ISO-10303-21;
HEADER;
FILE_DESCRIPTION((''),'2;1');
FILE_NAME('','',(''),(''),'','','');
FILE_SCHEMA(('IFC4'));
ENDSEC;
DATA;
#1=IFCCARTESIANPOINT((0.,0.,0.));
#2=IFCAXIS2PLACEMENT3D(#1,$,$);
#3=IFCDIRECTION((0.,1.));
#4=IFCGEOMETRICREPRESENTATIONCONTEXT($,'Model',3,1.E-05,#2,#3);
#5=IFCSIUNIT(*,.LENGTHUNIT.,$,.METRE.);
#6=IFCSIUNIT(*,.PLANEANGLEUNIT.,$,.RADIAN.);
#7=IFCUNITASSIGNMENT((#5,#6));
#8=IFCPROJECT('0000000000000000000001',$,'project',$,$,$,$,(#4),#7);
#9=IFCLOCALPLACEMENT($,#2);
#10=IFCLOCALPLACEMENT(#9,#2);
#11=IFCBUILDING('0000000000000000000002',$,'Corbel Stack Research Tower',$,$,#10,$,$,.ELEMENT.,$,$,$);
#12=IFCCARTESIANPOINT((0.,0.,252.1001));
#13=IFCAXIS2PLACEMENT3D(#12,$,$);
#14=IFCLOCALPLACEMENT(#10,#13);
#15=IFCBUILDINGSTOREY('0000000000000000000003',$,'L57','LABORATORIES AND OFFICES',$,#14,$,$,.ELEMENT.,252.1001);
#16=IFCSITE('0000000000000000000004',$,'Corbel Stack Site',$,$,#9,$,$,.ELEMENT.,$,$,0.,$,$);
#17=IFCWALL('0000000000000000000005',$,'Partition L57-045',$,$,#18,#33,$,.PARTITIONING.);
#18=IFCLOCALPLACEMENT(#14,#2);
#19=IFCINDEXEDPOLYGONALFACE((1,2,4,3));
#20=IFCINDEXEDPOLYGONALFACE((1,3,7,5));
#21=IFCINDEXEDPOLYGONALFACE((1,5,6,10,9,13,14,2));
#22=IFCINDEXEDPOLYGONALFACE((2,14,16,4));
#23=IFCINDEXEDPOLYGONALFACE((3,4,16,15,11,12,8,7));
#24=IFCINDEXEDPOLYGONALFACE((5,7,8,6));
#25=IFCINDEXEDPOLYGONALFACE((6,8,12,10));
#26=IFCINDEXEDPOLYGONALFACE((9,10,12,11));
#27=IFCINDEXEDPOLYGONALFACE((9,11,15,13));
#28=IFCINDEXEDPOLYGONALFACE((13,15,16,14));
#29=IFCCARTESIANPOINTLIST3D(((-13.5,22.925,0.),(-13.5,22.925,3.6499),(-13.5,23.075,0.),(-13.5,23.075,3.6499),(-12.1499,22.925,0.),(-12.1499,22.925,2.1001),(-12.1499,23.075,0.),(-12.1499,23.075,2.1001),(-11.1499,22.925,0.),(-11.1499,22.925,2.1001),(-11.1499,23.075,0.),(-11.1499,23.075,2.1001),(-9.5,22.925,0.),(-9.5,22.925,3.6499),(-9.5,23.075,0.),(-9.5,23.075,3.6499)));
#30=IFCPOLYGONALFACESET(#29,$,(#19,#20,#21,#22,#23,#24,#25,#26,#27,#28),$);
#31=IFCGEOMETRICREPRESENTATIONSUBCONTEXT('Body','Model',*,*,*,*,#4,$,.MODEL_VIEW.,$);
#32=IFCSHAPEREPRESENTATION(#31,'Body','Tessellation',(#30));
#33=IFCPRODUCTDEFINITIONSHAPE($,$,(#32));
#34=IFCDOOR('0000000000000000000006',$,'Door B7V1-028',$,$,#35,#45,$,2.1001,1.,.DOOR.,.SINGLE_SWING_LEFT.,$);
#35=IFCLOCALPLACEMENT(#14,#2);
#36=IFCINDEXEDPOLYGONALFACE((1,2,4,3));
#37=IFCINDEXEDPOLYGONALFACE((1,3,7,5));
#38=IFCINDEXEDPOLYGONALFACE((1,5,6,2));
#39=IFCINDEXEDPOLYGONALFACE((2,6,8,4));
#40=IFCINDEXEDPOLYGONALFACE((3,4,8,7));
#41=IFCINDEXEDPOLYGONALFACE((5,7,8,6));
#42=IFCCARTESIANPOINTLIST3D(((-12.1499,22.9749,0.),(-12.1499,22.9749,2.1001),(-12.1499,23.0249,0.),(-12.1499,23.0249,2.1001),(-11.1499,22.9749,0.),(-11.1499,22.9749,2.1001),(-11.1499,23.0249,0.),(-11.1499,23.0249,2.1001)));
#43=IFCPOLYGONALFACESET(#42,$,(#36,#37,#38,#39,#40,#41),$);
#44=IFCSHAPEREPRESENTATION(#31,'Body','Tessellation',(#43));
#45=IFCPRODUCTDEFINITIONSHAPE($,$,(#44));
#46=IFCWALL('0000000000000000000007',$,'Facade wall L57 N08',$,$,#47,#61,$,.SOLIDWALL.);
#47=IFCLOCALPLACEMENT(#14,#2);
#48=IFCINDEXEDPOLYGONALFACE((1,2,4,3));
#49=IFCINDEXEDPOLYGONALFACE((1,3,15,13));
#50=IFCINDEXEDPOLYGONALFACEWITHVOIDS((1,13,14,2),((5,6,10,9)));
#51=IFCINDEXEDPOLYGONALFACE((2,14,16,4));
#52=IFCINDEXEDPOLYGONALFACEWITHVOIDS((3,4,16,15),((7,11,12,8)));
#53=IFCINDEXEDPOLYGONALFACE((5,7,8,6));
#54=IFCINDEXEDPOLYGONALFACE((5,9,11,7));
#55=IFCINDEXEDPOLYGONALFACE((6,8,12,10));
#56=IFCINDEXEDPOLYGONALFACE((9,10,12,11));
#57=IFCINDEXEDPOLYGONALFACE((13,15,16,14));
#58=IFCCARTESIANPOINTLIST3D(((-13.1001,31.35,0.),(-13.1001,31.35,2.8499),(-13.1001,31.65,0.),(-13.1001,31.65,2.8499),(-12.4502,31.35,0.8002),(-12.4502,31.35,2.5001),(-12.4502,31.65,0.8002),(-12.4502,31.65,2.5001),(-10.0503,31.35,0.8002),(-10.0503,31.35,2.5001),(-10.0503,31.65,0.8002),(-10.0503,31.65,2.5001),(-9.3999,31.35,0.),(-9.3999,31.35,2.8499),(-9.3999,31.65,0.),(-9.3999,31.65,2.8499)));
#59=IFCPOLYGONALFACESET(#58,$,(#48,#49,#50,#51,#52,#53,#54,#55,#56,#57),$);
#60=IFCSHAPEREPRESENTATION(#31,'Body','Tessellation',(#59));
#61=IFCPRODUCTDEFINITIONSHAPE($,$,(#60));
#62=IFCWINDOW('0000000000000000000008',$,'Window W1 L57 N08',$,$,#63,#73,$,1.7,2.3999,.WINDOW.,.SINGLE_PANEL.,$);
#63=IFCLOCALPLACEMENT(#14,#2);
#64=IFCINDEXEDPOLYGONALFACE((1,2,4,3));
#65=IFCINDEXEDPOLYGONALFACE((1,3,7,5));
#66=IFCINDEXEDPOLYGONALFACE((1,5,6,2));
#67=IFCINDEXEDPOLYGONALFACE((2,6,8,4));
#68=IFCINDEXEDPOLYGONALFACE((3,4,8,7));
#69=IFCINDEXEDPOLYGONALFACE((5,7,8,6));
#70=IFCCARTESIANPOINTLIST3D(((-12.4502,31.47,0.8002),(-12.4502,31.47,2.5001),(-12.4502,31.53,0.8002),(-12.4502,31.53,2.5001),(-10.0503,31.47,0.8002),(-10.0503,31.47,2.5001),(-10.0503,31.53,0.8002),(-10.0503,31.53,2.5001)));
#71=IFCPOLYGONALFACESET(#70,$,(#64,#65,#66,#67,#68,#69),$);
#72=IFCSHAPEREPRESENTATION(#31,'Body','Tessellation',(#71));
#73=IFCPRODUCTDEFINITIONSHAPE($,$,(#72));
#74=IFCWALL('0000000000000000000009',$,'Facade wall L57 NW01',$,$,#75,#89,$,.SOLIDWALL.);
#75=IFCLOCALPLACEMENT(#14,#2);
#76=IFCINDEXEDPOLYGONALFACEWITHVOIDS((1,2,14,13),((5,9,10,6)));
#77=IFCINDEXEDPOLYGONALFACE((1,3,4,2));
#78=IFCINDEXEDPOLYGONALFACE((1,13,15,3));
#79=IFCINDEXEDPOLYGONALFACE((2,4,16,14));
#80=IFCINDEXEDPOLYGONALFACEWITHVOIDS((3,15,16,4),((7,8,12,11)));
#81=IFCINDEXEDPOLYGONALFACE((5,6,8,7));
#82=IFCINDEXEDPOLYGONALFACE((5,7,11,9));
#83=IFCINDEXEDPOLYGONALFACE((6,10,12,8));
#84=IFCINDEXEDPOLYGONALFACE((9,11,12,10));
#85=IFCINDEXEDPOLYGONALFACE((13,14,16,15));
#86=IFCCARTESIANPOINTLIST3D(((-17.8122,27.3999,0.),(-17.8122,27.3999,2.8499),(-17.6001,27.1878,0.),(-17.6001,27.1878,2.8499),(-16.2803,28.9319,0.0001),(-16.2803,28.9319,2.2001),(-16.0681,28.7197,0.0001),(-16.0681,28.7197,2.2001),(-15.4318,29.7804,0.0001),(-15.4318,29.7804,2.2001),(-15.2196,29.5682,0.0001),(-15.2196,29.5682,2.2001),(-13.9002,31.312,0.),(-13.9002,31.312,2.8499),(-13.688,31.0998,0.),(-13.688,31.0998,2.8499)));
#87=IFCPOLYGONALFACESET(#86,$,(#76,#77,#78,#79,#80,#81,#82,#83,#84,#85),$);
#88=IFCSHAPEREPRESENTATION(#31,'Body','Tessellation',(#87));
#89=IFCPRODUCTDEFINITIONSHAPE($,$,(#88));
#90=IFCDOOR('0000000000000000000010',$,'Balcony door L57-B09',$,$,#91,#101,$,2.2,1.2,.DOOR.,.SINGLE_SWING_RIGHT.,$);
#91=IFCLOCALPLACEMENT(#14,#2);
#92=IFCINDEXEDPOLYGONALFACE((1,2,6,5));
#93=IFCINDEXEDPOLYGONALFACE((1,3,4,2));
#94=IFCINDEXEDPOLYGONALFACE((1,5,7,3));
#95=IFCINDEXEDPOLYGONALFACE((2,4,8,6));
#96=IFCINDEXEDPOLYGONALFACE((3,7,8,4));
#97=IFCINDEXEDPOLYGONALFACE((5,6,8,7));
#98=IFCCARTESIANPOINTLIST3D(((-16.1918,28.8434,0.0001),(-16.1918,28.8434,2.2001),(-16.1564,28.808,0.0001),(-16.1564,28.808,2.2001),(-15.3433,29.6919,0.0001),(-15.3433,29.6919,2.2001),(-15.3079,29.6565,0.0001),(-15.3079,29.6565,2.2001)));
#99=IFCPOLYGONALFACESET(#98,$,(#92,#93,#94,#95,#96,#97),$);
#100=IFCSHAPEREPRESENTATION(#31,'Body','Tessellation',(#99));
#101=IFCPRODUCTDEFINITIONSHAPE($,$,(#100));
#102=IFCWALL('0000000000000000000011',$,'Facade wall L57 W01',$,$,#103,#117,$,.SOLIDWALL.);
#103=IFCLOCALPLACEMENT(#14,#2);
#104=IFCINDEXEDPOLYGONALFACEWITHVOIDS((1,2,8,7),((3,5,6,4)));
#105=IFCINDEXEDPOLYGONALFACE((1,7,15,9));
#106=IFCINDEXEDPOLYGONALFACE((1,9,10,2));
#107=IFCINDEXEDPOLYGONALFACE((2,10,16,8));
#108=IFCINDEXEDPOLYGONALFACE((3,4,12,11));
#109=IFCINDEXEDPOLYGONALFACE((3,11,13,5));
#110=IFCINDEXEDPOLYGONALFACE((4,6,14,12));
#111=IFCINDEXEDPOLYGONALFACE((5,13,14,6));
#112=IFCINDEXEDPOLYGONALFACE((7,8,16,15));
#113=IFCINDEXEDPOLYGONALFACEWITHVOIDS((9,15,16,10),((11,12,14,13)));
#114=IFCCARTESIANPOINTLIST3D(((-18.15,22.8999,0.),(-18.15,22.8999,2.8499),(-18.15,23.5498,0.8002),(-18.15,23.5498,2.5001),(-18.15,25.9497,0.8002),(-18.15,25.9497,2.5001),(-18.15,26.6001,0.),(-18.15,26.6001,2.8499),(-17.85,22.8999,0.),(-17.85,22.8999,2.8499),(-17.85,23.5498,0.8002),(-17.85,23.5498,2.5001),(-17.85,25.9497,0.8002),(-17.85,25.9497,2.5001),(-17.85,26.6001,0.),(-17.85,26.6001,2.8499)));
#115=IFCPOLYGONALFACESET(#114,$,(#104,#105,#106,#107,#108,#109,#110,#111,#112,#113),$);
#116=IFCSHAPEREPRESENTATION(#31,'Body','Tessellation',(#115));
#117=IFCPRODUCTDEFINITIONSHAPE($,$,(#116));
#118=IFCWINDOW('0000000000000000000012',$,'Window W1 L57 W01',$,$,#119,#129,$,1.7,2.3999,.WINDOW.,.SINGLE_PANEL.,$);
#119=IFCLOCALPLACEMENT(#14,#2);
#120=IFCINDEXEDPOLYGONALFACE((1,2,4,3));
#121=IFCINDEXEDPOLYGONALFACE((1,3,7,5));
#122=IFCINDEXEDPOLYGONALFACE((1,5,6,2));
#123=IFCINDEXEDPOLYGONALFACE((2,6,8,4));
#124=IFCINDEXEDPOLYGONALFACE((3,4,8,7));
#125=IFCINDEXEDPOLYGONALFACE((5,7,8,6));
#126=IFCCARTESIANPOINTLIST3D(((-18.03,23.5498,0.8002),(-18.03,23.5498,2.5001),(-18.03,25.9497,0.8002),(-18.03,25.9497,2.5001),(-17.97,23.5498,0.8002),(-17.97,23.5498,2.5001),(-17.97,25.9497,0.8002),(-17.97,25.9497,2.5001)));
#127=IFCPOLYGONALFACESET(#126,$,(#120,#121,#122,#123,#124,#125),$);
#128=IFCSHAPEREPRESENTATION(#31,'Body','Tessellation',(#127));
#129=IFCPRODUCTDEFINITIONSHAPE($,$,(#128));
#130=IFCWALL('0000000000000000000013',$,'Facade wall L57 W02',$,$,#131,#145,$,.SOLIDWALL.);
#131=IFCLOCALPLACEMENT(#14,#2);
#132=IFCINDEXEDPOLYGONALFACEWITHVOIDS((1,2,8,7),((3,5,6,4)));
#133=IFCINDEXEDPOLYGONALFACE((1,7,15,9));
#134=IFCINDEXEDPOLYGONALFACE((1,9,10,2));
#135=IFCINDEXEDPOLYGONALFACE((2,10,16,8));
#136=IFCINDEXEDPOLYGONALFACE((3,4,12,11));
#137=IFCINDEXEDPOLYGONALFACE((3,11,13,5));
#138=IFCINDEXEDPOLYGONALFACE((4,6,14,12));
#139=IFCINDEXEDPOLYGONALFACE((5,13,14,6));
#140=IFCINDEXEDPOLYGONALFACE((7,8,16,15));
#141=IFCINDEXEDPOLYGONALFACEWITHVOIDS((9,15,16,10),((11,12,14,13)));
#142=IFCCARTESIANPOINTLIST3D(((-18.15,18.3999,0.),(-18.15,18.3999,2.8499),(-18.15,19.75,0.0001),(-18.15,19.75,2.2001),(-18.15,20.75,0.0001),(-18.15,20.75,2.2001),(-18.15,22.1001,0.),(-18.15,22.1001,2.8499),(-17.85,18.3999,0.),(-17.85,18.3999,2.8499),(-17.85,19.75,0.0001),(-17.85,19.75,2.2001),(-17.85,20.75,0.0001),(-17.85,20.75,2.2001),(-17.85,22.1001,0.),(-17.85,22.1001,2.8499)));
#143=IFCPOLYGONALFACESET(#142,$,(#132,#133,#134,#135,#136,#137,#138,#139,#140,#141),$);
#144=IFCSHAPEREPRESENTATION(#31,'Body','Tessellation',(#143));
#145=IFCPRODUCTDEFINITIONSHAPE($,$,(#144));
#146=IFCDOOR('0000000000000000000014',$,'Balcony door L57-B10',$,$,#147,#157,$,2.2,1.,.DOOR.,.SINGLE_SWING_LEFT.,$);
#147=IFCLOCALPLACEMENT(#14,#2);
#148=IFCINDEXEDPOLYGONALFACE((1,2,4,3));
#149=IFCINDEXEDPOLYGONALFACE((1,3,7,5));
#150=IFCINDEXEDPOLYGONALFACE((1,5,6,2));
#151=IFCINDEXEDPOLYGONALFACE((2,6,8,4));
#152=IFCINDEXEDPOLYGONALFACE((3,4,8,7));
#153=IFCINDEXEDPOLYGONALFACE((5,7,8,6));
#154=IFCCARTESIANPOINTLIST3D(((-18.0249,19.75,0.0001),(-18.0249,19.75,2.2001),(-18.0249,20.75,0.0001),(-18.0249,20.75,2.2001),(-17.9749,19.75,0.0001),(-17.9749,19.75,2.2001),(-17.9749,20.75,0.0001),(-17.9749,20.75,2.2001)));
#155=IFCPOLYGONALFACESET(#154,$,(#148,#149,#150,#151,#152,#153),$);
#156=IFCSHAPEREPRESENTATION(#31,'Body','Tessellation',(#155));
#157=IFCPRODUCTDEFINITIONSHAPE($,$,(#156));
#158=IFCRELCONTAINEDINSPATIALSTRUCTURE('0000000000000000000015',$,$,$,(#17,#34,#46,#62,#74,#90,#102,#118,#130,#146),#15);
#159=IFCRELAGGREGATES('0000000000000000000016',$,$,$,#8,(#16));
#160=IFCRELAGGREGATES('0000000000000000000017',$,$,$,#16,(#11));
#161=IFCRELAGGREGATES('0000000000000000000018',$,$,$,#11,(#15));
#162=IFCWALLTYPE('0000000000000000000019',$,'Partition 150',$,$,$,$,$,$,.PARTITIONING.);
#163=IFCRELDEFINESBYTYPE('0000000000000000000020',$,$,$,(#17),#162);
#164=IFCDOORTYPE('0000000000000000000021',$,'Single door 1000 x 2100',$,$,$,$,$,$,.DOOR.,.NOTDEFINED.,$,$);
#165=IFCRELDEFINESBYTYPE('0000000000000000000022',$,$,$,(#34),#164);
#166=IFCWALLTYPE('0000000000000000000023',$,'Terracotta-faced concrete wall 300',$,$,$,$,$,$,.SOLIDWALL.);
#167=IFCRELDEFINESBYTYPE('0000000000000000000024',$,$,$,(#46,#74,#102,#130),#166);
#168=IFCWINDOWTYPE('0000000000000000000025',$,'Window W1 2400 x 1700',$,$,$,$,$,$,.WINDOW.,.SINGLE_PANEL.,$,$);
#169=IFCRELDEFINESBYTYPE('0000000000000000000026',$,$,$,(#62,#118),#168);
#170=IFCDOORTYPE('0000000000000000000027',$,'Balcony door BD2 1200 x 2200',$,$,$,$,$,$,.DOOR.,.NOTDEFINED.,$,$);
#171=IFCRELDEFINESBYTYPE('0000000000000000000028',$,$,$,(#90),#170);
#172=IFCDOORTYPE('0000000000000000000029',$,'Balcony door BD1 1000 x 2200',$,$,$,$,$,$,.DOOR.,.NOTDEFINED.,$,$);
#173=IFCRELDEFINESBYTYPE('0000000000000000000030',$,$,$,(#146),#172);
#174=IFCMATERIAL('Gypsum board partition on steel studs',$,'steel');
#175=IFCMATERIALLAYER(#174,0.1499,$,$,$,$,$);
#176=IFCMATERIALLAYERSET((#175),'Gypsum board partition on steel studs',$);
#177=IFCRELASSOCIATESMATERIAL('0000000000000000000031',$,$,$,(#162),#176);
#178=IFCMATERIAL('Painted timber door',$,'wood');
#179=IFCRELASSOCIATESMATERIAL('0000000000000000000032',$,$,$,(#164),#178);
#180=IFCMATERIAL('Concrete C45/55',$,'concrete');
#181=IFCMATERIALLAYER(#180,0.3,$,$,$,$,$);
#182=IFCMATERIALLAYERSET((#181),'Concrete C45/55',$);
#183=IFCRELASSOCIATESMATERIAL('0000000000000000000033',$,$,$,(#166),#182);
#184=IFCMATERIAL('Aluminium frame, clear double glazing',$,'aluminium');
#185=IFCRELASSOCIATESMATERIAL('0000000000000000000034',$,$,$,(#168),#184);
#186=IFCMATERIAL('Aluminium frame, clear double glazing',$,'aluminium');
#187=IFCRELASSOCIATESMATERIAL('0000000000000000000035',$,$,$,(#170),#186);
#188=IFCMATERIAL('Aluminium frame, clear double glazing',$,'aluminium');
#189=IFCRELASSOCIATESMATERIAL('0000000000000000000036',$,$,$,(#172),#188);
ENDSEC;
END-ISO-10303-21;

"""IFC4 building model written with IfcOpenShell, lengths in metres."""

from ifc_helpers import new_model, si_unit, direction, frame, frame_2d, origin, place, context, subcontext, project, spatial, rectangle, extrude, material, layer, layer_set, type_object, element, fill, save


model = new_model("IFC4")

# Units and contexts
model_context = context("Model", 3, precision=1e-05, world=origin(), true_north=direction((0.0, 1.0)))
body_context = subcontext(model_context, "Body", "Model", "MODEL_VIEW")
ifc_project = project(units=[si_unit("LENGTHUNIT", "METRE"), si_unit("PLANEANGLEUNIT", "RADIAN")], contexts=[model_context])

# Site, building, storey
site_placement = place(None, origin())
site = spatial("IfcSite", under=ifc_project, at=site_placement, Name="Corbel Stack Site", CompositionType="ELEMENT", RefElevation=0.0)
building_placement = place(site_placement, origin())
building = spatial("IfcBuilding", under=site, at=building_placement, Name="Corbel Stack Research Tower", CompositionType="ELEMENT")
storey_placement = place(building_placement, frame((0.0, 0.0, 252.1001)))
storey = spatial("IfcBuildingStorey", under=building, at=storey_placement, Name="L57", Description="LABORATORIES AND OFFICES", CompositionType="ELEMENT", Elevation=252.1001)

# Wall, opening, door
ifc_material_1 = material(Name="Gypsum board partition on steel studs", Category="steel")
ifc_layer_1 = layer(ifc_material_1, 0.1499)
ifc_layer_set_1 = layer_set([ifc_layer_1], Name="Gypsum board partition on steel studs")
wall_type_1 = type_object("IfcWallType", Name="Partition 150", PredefinedType="PARTITIONING", material=ifc_layer_set_1)
ifc_material_2 = material(Name="Painted timber door", Category="wood")
door_type_1 = type_object("IfcDoorType", Name="Single door 1000 x 2100", OperationType="NOTDEFINED", PredefinedType="DOOR", material=ifc_material_2)
wall_1_placement = place(storey_placement, frame((-13.5, 23.0, 0.0), z_axis=(0.0, 0.0, 1.0), x_axis=(1.0, 0.0, 0.0)))
wall_1 = element("IfcWall", 1, at=wall_1_placement, inside=storey, type_object=wall_type_1, Name="Partition L57-045", PredefinedType="PARTITIONING", context=body_context, shape_type="SweptSolid", body=[
    extrude(rectangle(XDim=4.0, YDim=0.1499, at=frame_2d((2.0, 0.0))), origin(), (0.0, 0.0, 1.0), 3.6499),
])
opening_1_placement = place(wall_1_placement, frame((1.3501, 0.0, 0.0)))
opening_1 = element("IfcOpeningElement", 2, at=opening_1_placement, cuts=wall_1, PredefinedType="OPENING", context=body_context, shape_type="SweptSolid", body=[
    extrude(rectangle(XDim=1.0, YDim=2.1001, at=frame_2d((0.5, 1.05))), frame((0.0, 0.085, 0.0), z_axis=(0.0, -1.0, 0.0), x_axis=(1.0, 0.0, 0.0)), (0.0, 0.0, 1.0), 0.1699),
])
door_1_placement = place(opening_1_placement, origin())
door_1 = element("IfcDoor", 3, at=door_1_placement, inside=storey, type_object=door_type_1, Name="Door B7V1-028", OperationType="SINGLE_SWING_LEFT", OverallHeight=2.1001, OverallWidth=1.0, PredefinedType="DOOR", context=body_context, shape_type="SweptSolid", body=[
    extrude(rectangle(XDim=1.0, YDim=2.1001, at=frame_2d((0.5, 1.05))), frame((0.0, 0.0249, 0.0), z_axis=(0.0, -1.0, 0.0), x_axis=(1.0, 0.0, 0.0)), (0.0, 0.0, 1.0), 0.05),
])
fill(opening_1, door_1)

# Wall, opening, window
ifc_material_3 = material(Name="Concrete C45/55", Category="concrete")
ifc_layer_2 = layer(ifc_material_3, 0.3)
ifc_layer_set_2 = layer_set([ifc_layer_2], Name="Concrete C45/55")
wall_type_2 = type_object("IfcWallType", Name="Terracotta-faced concrete wall 300", PredefinedType="SOLIDWALL", material=ifc_layer_set_2)
wall_2_placement = place(storey_placement, frame((-13.1001, 31.5, 0.0), z_axis=(0.0, 0.0, 1.0), x_axis=(1.0, 0.0, 0.0)))
wall_2 = element("IfcWall", 4, at=wall_2_placement, inside=storey, type_object=wall_type_2, Name="Facade wall L57 N08", PredefinedType="SOLIDWALL", context=body_context, shape_type="SweptSolid", body=[
    extrude(rectangle(XDim=3.7002, YDim=0.3, at=frame_2d((1.8501, 0.0))), origin(), (0.0, 0.0, 1.0), 2.8499),
])
opening_2_placement = place(wall_2_placement, frame((0.6499, 0.0, 0.8)))
opening_2 = element("IfcOpeningElement", 5, at=opening_2_placement, cuts=wall_2, PredefinedType="OPENING", context=body_context, shape_type="SweptSolid", body=[
    extrude(rectangle(XDim=2.3999, YDim=1.7, at=frame_2d((1.2, 0.8501))), frame((0.0, 0.1599, 0.0), z_axis=(0.0, -1.0, 0.0), x_axis=(1.0, 0.0, 0.0)), (0.0, 0.0, 1.0), 0.3201),
])
ifc_material_4 = material(Name="Aluminium frame, clear double glazing", Category="aluminium")
window_type = type_object("IfcWindowType", Name="Window W1 2400 x 1700", PartitioningType="SINGLE_PANEL", PredefinedType="WINDOW", material=ifc_material_4)
window_1_placement = place(opening_2_placement, origin())
window_1 = element("IfcWindow", 6, at=window_1_placement, inside=storey, type_object=window_type, Name="Window W1 L57 N08", OverallHeight=1.7, OverallWidth=2.3999, PartitioningType="SINGLE_PANEL", PredefinedType="WINDOW", context=body_context, shape_type="SweptSolid", body=[
    extrude(rectangle(XDim=2.3999, YDim=1.7, at=frame_2d((1.2, 0.8501))), frame((0.0, 0.03, 0.0), z_axis=(0.0, -1.0, 0.0), x_axis=(1.0, 0.0, 0.0)), (0.0, 0.0, 1.0), 0.0601),
])
fill(opening_2, window_1)

# Wall, opening, door
wall_3_placement = place(storey_placement, frame((-17.7061, 27.2939, 0.0), z_axis=(0.0, 0.0, 1.0), x_axis=(0.707107, 0.707107, 0.0)))
wall_3 = element("IfcWall", 7, at=wall_3_placement, inside=storey, type_object=wall_type_2, Name="Facade wall L57 NW01", PredefinedType="SOLIDWALL", context=body_context, shape_type="SweptSolid", body=[
    extrude(rectangle(XDim=5.5325, YDim=0.3, at=frame_2d((2.7661, 0.0))), origin(), (0.0, 0.0, 1.0), 2.8499),
])
opening_3_placement = place(wall_3_placement, frame((2.1663, 0.0, 0.0)))
opening_3 = element("IfcOpeningElement", 8, at=opening_3_placement, cuts=wall_3, PredefinedType="OPENING", context=body_context, shape_type="SweptSolid", body=[
    extrude(rectangle(XDim=1.2, YDim=2.2, at=frame_2d((0.6001, 1.1001))), frame((0.0, 0.1599, 0.0), z_axis=(0.0, -1.0, 0.0), x_axis=(1.0, 0.0, 0.0)), (0.0, 0.0, 1.0), 0.3201),
])
ifc_material_5 = material(Name="Aluminium frame, clear double glazing", Category="aluminium")
door_type_2 = type_object("IfcDoorType", Name="Balcony door BD2 1200 x 2200", OperationType="NOTDEFINED", PredefinedType="DOOR", material=ifc_material_5)
door_2_placement = place(opening_3_placement, origin())
door_2 = element("IfcDoor", 9, at=door_2_placement, inside=storey, type_object=door_type_2, Name="Balcony door L57-B09", OperationType="SINGLE_SWING_RIGHT", OverallHeight=2.2, OverallWidth=1.2, PredefinedType="DOOR", context=body_context, shape_type="SweptSolid", body=[
    extrude(rectangle(XDim=1.2, YDim=2.2, at=frame_2d((0.6001, 1.1001))), frame((0.0, 0.0249, 0.0), z_axis=(0.0, -1.0, 0.0), x_axis=(1.0, 0.0, 0.0)), (0.0, 0.0, 1.0), 0.05),
])
fill(opening_3, door_2)

# Wall, opening, window
wall_4_placement = place(storey_placement, frame((-18.0, 22.8999, 0.0), z_axis=(0.0, 0.0, 1.0), x_axis=(0.0, 1.0, 0.0)))
wall_4 = element("IfcWall", 10, at=wall_4_placement, inside=storey, type_object=wall_type_2, Name="Facade wall L57 W01", PredefinedType="SOLIDWALL", context=body_context, shape_type="SweptSolid", body=[
    extrude(rectangle(XDim=3.7002, YDim=0.3, at=frame_2d((1.8501, 0.0))), origin(), (0.0, 0.0, 1.0), 2.8499),
])
opening_4_placement = place(wall_4_placement, frame((0.6499, 0.0, 0.8)))
opening_4 = element("IfcOpeningElement", 11, at=opening_4_placement, cuts=wall_4, PredefinedType="OPENING", context=body_context, shape_type="SweptSolid", body=[
    extrude(rectangle(XDim=2.3999, YDim=1.7, at=frame_2d((1.2, 0.8501))), frame((0.0, 0.1599, 0.0), z_axis=(0.0, -1.0, 0.0), x_axis=(1.0, 0.0, 0.0)), (0.0, 0.0, 1.0), 0.3201),
])
window_2_placement = place(opening_4_placement, origin())
window_2 = element("IfcWindow", 12, at=window_2_placement, inside=storey, type_object=window_type, Name="Window W1 L57 W01", OverallHeight=1.7, OverallWidth=2.3999, PartitioningType="SINGLE_PANEL", PredefinedType="WINDOW", context=body_context, shape_type="SweptSolid", body=[
    extrude(rectangle(XDim=2.3999, YDim=1.7, at=frame_2d((1.2, 0.8501))), frame((0.0, 0.03, 0.0), z_axis=(0.0, -1.0, 0.0), x_axis=(1.0, 0.0, 0.0)), (0.0, 0.0, 1.0), 0.0601),
])
fill(opening_4, window_2)

# Wall, opening, door
wall_5_placement = place(storey_placement, frame((-18.0, 18.3999, 0.0), z_axis=(0.0, 0.0, 1.0), x_axis=(0.0, 1.0, 0.0)))
wall_5 = element("IfcWall", 13, at=wall_5_placement, inside=storey, type_object=wall_type_2, Name="Facade wall L57 W02", PredefinedType="SOLIDWALL", context=body_context, shape_type="SweptSolid", body=[
    extrude(rectangle(XDim=3.7002, YDim=0.3, at=frame_2d((1.8501, 0.0))), origin(), (0.0, 0.0, 1.0), 2.8499),
])
opening_5_placement = place(wall_5_placement, frame((1.3501, 0.0, 0.0)))
opening_5 = element("IfcOpeningElement", 14, at=opening_5_placement, cuts=wall_5, PredefinedType="OPENING", context=body_context, shape_type="SweptSolid", body=[
    extrude(rectangle(XDim=1.0, YDim=2.2, at=frame_2d((0.5, 1.1001))), frame((0.0, 0.1599, 0.0), z_axis=(0.0, -1.0, 0.0), x_axis=(1.0, 0.0, 0.0)), (0.0, 0.0, 1.0), 0.3201),
])
ifc_material_6 = material(Name="Aluminium frame, clear double glazing", Category="aluminium")
door_type_3 = type_object("IfcDoorType", Name="Balcony door BD1 1000 x 2200", OperationType="NOTDEFINED", PredefinedType="DOOR", material=ifc_material_6)
door_3_placement = place(opening_5_placement, origin())
door_3 = element("IfcDoor", 15, at=door_3_placement, inside=storey, type_object=door_type_3, Name="Balcony door L57-B10", OperationType="SINGLE_SWING_LEFT", OverallHeight=2.2, OverallWidth=1.0, PredefinedType="DOOR", context=body_context, shape_type="SweptSolid", body=[
    extrude(rectangle(XDim=1.0, YDim=2.2, at=frame_2d((0.5, 1.1001))), frame((0.0, 0.0249, 0.0), z_axis=(0.0, -1.0, 0.0), x_axis=(1.0, 0.0, 0.0)), (0.0, 0.0, 1.0), 0.05),
])
fill(opening_5, door_3)

save(model, "model.ifc")
